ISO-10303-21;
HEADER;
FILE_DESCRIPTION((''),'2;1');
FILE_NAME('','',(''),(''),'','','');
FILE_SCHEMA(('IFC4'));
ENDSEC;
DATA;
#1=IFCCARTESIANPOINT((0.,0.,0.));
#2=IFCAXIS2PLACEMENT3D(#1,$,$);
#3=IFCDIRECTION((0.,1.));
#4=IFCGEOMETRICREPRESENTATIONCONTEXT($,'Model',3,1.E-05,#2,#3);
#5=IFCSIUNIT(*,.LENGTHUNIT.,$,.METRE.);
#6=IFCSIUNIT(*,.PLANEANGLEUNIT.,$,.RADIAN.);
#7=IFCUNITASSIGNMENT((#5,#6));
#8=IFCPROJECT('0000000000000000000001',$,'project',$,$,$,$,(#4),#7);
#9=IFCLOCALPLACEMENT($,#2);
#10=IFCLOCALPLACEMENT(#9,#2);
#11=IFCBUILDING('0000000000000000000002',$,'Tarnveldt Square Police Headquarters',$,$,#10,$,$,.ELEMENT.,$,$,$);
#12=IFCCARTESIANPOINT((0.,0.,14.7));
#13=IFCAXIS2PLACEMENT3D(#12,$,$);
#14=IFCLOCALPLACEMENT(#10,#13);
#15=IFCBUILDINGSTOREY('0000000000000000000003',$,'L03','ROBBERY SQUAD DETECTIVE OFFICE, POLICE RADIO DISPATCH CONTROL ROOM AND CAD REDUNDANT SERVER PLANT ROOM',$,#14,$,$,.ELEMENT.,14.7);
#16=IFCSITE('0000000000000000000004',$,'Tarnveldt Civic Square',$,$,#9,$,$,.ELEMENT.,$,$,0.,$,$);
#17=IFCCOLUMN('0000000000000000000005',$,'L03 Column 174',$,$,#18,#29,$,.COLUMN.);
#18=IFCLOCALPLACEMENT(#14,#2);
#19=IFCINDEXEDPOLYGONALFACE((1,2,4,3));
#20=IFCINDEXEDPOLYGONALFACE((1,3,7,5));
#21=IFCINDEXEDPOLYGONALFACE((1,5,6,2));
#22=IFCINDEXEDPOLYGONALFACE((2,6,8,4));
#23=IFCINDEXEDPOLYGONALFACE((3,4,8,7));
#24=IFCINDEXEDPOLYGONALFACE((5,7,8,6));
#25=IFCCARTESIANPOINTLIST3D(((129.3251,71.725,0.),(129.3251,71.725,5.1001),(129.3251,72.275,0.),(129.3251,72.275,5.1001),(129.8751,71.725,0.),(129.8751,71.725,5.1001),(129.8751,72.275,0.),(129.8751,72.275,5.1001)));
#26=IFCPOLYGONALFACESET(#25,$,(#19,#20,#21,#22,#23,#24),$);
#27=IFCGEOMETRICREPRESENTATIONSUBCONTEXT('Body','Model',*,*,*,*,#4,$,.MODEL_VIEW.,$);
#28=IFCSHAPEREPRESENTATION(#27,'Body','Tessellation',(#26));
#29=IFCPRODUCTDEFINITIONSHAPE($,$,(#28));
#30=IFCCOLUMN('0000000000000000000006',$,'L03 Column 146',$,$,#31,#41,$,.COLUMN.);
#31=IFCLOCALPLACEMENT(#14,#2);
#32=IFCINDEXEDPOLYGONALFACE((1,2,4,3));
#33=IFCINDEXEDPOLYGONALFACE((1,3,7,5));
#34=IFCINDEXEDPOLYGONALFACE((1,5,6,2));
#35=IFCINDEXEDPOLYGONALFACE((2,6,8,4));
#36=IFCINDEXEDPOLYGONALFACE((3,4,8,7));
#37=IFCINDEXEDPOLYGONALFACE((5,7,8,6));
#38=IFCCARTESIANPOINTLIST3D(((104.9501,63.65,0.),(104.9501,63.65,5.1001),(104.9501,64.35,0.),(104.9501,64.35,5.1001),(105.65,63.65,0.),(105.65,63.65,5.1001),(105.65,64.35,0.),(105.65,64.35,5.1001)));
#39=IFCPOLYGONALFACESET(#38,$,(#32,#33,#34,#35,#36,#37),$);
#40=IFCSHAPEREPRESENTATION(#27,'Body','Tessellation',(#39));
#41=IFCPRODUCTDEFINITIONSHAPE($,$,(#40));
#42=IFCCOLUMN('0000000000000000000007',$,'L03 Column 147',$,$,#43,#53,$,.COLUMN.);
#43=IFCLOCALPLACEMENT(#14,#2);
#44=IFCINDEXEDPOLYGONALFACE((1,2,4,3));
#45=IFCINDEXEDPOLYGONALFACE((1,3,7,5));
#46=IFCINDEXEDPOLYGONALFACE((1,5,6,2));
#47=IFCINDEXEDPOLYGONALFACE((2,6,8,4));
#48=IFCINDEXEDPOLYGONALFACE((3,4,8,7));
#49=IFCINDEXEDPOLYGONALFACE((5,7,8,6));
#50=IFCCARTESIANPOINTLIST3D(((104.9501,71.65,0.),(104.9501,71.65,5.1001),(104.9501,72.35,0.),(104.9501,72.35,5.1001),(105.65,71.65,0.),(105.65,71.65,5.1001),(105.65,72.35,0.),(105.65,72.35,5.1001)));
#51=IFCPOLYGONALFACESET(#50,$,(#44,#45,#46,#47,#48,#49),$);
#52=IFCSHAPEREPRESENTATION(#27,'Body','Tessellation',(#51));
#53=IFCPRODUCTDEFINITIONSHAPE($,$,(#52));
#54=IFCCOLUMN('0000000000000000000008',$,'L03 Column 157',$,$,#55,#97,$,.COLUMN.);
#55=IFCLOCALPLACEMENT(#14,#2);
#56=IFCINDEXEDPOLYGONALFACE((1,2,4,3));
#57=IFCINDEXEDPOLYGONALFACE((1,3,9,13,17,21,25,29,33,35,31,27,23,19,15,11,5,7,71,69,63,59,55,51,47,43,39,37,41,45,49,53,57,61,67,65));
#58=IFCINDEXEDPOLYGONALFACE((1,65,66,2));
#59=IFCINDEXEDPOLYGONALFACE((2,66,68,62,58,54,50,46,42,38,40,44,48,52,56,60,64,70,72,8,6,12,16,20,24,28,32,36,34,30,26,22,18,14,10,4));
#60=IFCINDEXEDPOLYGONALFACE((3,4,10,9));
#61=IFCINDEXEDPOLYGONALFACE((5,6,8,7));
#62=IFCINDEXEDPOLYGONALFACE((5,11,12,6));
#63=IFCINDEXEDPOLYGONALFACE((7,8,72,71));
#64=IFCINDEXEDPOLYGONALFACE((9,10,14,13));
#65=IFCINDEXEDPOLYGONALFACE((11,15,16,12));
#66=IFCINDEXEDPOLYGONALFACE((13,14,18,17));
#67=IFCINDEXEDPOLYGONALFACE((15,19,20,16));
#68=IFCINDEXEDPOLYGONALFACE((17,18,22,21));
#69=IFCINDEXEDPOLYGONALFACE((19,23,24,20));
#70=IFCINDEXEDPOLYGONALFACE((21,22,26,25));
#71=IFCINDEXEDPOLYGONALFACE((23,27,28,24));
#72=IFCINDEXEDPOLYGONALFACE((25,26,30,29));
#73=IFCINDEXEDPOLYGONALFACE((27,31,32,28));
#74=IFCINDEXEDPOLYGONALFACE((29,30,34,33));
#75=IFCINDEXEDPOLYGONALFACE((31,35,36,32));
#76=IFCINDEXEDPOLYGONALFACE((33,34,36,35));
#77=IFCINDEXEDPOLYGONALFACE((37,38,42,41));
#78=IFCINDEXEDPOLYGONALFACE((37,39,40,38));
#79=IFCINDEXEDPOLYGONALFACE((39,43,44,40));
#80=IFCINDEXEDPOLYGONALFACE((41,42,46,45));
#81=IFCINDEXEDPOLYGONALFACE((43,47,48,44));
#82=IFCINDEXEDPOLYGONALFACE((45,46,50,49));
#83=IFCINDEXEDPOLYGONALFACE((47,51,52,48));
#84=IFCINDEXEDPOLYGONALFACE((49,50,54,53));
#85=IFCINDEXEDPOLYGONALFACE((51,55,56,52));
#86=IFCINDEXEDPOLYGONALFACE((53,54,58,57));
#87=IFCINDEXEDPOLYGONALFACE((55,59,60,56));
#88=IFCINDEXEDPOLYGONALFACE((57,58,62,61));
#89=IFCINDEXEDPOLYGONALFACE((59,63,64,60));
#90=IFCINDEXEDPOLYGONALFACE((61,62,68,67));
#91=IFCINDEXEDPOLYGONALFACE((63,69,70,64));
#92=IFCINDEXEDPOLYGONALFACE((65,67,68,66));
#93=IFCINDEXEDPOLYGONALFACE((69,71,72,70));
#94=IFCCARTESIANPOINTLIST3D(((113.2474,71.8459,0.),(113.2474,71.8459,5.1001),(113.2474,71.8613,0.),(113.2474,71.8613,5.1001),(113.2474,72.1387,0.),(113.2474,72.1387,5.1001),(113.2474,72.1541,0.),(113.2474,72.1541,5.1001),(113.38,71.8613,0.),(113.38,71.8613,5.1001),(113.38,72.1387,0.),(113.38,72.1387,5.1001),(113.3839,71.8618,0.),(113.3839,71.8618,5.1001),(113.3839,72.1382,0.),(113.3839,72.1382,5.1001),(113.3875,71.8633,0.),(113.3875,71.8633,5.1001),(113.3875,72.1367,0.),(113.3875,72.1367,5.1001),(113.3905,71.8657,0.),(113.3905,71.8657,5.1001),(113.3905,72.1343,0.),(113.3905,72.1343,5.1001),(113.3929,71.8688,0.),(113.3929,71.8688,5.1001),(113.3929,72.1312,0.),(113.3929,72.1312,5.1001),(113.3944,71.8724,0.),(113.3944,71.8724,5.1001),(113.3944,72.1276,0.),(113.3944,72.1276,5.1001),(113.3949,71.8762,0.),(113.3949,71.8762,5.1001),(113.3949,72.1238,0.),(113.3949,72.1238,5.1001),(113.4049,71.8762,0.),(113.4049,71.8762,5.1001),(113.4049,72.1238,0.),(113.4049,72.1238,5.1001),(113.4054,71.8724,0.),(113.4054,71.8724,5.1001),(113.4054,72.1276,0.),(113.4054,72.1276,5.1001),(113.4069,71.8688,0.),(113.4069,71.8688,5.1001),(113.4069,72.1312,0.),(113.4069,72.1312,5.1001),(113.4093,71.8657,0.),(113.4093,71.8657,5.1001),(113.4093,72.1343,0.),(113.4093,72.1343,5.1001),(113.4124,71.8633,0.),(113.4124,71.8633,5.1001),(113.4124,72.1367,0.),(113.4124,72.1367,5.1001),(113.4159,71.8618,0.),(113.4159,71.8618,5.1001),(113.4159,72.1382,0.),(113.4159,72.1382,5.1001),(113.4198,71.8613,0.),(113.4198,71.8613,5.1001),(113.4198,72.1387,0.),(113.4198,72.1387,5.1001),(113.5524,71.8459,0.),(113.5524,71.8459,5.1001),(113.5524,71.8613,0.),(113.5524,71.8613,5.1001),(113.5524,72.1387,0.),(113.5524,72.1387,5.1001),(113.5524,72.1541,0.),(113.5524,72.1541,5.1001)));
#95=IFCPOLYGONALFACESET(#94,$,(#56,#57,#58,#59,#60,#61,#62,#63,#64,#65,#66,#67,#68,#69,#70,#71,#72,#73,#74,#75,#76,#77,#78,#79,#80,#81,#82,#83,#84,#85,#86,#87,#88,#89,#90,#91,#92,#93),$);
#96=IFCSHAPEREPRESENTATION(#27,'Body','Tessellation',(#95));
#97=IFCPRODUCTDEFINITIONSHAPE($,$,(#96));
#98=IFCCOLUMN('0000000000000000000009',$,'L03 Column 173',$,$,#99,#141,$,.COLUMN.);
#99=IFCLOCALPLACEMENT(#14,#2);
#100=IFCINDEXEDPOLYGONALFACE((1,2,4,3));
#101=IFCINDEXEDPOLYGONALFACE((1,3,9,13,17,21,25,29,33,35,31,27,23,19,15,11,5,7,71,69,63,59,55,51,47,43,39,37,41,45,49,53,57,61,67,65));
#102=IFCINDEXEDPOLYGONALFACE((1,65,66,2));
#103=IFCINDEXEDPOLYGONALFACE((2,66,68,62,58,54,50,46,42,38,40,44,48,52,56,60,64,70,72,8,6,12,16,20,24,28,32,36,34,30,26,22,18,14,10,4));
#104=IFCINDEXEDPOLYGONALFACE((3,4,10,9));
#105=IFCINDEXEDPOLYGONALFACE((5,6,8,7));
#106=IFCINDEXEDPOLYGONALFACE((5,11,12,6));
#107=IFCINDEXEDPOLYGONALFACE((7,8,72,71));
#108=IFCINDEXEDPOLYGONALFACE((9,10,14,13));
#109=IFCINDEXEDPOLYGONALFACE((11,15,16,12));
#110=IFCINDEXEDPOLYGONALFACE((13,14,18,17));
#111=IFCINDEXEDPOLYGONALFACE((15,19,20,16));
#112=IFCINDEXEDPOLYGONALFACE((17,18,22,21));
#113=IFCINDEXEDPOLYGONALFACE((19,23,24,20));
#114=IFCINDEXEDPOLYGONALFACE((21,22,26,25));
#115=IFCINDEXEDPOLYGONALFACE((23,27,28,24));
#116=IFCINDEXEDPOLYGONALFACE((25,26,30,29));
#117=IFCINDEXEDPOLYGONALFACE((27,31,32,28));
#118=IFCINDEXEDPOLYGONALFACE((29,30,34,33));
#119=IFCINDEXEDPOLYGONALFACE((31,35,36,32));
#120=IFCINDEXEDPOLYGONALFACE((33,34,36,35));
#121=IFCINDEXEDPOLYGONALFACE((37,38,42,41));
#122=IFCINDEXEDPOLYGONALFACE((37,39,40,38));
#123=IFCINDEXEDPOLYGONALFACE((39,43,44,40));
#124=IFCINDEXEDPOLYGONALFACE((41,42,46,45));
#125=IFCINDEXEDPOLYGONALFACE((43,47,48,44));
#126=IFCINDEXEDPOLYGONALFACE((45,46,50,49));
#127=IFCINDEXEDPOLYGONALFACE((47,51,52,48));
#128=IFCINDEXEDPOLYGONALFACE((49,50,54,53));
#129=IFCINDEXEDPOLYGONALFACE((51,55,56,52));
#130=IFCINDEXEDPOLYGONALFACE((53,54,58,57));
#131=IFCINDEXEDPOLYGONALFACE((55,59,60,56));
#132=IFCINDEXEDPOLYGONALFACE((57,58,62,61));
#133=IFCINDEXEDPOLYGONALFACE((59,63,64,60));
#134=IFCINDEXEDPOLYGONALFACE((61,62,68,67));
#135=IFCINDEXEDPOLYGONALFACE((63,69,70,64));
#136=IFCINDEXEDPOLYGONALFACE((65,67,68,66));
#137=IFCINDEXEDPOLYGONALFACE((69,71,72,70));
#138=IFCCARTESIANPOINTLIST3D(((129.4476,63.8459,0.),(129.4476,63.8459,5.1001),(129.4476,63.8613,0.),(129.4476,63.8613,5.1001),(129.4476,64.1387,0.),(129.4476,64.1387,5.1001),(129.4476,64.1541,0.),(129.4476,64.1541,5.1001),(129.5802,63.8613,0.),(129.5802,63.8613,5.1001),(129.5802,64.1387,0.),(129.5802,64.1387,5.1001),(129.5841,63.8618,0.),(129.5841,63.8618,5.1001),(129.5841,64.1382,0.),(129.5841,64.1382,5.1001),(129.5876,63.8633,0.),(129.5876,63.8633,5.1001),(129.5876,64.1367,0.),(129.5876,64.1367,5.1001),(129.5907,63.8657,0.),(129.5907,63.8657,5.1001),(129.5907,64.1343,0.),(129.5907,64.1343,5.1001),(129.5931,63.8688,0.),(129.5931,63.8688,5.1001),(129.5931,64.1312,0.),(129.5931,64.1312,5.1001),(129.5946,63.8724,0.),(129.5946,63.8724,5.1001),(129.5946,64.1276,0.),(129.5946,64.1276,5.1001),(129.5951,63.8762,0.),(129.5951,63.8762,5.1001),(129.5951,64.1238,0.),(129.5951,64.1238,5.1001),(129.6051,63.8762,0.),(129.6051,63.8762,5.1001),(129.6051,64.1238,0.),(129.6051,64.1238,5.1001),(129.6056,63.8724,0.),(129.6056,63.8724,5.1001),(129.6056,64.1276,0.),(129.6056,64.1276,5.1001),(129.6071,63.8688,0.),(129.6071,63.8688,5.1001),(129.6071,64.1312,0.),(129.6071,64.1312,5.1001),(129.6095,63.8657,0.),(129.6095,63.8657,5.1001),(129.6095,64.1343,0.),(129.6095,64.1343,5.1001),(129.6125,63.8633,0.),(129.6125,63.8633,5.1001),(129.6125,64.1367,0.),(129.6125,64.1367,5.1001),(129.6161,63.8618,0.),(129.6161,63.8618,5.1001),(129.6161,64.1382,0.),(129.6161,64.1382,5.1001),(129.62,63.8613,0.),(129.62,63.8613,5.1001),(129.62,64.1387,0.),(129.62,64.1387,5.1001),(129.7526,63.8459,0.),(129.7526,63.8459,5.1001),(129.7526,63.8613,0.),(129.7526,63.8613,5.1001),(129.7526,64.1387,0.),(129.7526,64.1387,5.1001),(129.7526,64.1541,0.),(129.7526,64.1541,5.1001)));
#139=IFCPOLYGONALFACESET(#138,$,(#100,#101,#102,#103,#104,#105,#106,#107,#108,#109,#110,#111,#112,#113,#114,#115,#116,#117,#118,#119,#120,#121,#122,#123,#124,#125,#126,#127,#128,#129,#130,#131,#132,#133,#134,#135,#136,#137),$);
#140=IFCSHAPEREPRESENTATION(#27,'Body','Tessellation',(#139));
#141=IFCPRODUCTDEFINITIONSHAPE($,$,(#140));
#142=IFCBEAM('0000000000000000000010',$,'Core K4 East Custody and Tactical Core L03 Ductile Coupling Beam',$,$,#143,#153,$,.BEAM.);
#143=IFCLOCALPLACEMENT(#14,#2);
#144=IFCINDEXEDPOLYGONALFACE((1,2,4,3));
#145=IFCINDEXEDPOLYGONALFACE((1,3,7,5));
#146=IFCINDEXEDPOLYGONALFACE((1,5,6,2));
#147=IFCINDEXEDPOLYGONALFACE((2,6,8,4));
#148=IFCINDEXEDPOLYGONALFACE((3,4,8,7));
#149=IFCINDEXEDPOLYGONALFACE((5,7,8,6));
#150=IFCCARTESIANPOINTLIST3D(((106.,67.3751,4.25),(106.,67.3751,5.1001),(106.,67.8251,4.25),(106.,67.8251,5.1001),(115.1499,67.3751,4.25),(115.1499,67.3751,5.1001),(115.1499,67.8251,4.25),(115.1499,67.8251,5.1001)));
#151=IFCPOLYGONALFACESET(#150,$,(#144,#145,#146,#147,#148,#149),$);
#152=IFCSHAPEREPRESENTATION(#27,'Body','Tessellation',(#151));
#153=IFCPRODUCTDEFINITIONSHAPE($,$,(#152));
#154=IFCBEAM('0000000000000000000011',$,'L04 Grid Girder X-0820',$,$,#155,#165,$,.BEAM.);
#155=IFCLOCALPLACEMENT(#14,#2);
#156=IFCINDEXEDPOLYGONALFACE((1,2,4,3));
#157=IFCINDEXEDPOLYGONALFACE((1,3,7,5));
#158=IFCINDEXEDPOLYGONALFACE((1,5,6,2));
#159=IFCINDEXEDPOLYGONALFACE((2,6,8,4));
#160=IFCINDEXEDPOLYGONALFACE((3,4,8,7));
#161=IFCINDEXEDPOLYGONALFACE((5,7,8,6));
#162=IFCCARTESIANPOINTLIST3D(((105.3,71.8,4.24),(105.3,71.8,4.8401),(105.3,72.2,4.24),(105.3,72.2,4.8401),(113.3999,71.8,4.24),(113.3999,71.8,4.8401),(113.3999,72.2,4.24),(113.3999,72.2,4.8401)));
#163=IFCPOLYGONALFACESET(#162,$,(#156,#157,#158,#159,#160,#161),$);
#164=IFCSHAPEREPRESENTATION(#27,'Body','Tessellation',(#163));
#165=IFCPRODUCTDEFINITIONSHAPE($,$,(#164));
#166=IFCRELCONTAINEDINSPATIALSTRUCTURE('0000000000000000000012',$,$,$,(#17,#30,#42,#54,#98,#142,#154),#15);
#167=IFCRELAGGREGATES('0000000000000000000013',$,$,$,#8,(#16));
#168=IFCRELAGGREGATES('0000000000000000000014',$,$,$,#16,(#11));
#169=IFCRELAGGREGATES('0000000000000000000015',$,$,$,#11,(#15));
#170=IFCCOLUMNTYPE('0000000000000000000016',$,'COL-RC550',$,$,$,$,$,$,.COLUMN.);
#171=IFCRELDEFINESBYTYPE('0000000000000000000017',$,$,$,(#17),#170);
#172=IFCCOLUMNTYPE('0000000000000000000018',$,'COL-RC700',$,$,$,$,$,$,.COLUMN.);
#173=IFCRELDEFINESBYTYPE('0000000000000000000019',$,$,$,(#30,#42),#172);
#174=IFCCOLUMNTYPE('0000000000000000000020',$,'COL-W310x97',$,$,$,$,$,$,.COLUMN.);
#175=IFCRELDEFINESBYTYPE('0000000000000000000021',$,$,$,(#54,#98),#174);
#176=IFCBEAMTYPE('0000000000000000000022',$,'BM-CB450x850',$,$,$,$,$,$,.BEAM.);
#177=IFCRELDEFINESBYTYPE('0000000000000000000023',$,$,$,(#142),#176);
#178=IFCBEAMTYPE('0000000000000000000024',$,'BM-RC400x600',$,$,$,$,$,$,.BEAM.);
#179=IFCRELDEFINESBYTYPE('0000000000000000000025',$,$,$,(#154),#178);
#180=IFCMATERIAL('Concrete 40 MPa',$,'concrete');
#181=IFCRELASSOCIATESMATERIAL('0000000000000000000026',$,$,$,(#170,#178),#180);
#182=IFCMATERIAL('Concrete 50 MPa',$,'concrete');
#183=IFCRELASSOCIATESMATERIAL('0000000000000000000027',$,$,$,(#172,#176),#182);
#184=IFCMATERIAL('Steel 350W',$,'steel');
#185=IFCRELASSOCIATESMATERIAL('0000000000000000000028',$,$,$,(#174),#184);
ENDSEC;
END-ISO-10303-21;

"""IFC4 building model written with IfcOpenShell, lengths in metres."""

from ifc_helpers import new_model, si_unit, direction, frame, origin, origin_2d, place, context, subcontext, project, spatial, rectangle, i_section, extrude, material, material_profile, profile_set, type_object, element, save


model = new_model("IFC4")

# Units and contexts
model_context = context("Model", 3, precision=1e-05, world=origin(), true_north=direction((0.0, 1.0)))
body_context = subcontext(model_context, "Body", "Model", "MODEL_VIEW")
ifc_project = project(units=[si_unit("LENGTHUNIT", "METRE"), si_unit("PLANEANGLEUNIT", "RADIAN")], contexts=[model_context])

# Site, building, storey
site_placement = place(None, origin())
site = spatial("IfcSite", under=ifc_project, at=site_placement, Name="Tarnveldt Civic Square", CompositionType="ELEMENT", RefElevation=0.0)
building_placement = place(site_placement, origin())
building = spatial("IfcBuilding", under=site, at=building_placement, Name="Tarnveldt Square Police Headquarters", CompositionType="ELEMENT")
storey_placement = place(building_placement, frame((0.0, 0.0, 14.7)))
storey = spatial("IfcBuildingStorey", under=building, at=storey_placement, Name="L03", Description="ROBBERY SQUAD DETECTIVE OFFICE, POLICE RADIO DISPATCH CONTROL ROOM AND CAD REDUNDANT SERVER PLANT ROOM", CompositionType="ELEMENT", Elevation=14.7)

# Columns
ifc_material_1 = material(Name="Concrete 40 MPa", Category="concrete")
ifc_material_profile_1 = material_profile(ifc_material_1, rectangle(XDim=0.55, YDim=0.55, at=origin_2d()), Name="RC-C550x550")
ifc_profile_set_1 = profile_set([ifc_material_profile_1], Name="Concrete 40 MPa")
column_type_1 = type_object("IfcColumnType", Name="COL-RC550", PredefinedType="COLUMN", material=ifc_profile_set_1)
column_placement = place(storey_placement, frame((129.6001, 72.0, 0.0), z_axis=(0.0, 0.0, 1.0), x_axis=(1.0, 0.0, 0.0)))
element("IfcColumn", 1, at=column_placement, inside=storey, type_object=column_type_1, Name="L03 Column 174", PredefinedType="COLUMN", context=body_context, shape_type="SweptSolid", body=[
    extrude(rectangle(XDim=0.55, YDim=0.55, at=origin_2d()), origin(), (0.0, 0.0, 1.0), 5.1001),
])
ifc_material_2 = material(Name="Concrete 50 MPa", Category="concrete")
ifc_material_profile_2 = material_profile(ifc_material_2, rectangle(XDim=0.7, YDim=0.7, at=origin_2d()), Name="RC-C700x700")
ifc_profile_set_2 = profile_set([ifc_material_profile_2], Name="Concrete 50 MPa")
column_type_2 = type_object("IfcColumnType", Name="COL-RC700", PredefinedType="COLUMN", material=ifc_profile_set_2)
for number, where, z_axis, x_axis, name in (
    (2, (105.3, 64.0, 0.0), (0.0, 0.0, 1.0), (1.0, 0.0, 0.0), "L03 Column 146"),
    (3, (105.3, 72.0, 0.0), (0.0, 0.0, 1.0), (1.0, 0.0, 0.0), "L03 Column 147"),
):
    element("IfcColumn", number, at=place(storey_placement, frame(where, z_axis=z_axis, x_axis=x_axis)), inside=storey, type_object=column_type_2, Name=name, PredefinedType="COLUMN", context=body_context, shape_type="SweptSolid", body=[
        extrude(rectangle(XDim=0.7, YDim=0.7, at=origin_2d()), origin(), (0.0, 0.0, 1.0), 5.1001),
    ])
ifc_material_3 = material(Name="Steel 350W", Category="steel")
ifc_material_profile_3 = material_profile(ifc_material_3, i_section(OverallWidth=0.3049, OverallDepth=0.3081, WebThickness=0.01, FlangeThickness=0.0154, FilletRadius=0.0149, at=origin_2d()), Name="W310x97")
ifc_profile_set_3 = profile_set([ifc_material_profile_3], Name="Steel 350W")
column_type_3 = type_object("IfcColumnType", Name="COL-W310x97", PredefinedType="COLUMN", material=ifc_profile_set_3)
for number, where, z_axis, x_axis, name in (
    (4, (113.3999, 72.0, 0.0), (0.0, 0.0, 1.0), (1.0, 0.0, 0.0), "L03 Column 157"),
    (5, (129.6001, 64.0, 0.0), (0.0, 0.0, 1.0), (1.0, 0.0, 0.0), "L03 Column 173"),
):
    element("IfcColumn", number, at=place(storey_placement, frame(where, z_axis=z_axis, x_axis=x_axis)), inside=storey, type_object=column_type_3, Name=name, PredefinedType="COLUMN", context=body_context, shape_type="SweptSolid", body=[
        extrude(i_section(OverallWidth=0.3049, OverallDepth=0.3081, WebThickness=0.01, FlangeThickness=0.0154, FilletRadius=0.0149, at=origin_2d()), origin(), (0.0, 0.0, 1.0), 5.1001),
    ])

# Beams
ifc_material_profile_4 = material_profile(ifc_material_2, rectangle(XDim=0.45, YDim=0.8501, at=origin_2d()), Name="RC-CB450x850")
ifc_profile_set_4 = profile_set([ifc_material_profile_4], Name="Concrete 50 MPa")
beam_type_1 = type_object("IfcBeamType", Name="BM-CB450x850", PredefinedType="BEAM", material=ifc_profile_set_4)
beam_1_placement = place(storey_placement, frame((106.0, 67.6001, 4.675), z_axis=(1.0, 0.0, 0.0), x_axis=(0.0, 1.0, 0.0)))
element("IfcBeam", 6, at=beam_1_placement, inside=storey, type_object=beam_type_1, Name="Core K4 East Custody and Tactical Core L03 Ductile Coupling Beam", PredefinedType="BEAM", context=body_context, shape_type="SweptSolid", body=[
    extrude(rectangle(XDim=0.45, YDim=0.8501, at=origin_2d()), origin(), (0.0, 0.0, 1.0), 9.1499),
])
ifc_material_profile_5 = material_profile(ifc_material_1, rectangle(XDim=0.3999, YDim=0.6001, at=origin_2d()), Name="RC-B400x600")
ifc_profile_set_5 = profile_set([ifc_material_profile_5], Name="Concrete 40 MPa")
beam_type_2 = type_object("IfcBeamType", Name="BM-RC400x600", PredefinedType="BEAM", material=ifc_profile_set_5)
beam_2_placement = place(storey_placement, frame((105.3, 72.0, 4.54), z_axis=(1.0, 0.0, 0.0), x_axis=(0.0, 1.0, 0.0)))
element("IfcBeam", 7, at=beam_2_placement, inside=storey, type_object=beam_type_2, Name="L04 Grid Girder X-0820", PredefinedType="BEAM", context=body_context, shape_type="SweptSolid", body=[
    extrude(rectangle(XDim=0.3999, YDim=0.6001, at=origin_2d()), origin(), (0.0, 0.0, 1.0), 8.0999),
])

save(model, "model.ifc")
